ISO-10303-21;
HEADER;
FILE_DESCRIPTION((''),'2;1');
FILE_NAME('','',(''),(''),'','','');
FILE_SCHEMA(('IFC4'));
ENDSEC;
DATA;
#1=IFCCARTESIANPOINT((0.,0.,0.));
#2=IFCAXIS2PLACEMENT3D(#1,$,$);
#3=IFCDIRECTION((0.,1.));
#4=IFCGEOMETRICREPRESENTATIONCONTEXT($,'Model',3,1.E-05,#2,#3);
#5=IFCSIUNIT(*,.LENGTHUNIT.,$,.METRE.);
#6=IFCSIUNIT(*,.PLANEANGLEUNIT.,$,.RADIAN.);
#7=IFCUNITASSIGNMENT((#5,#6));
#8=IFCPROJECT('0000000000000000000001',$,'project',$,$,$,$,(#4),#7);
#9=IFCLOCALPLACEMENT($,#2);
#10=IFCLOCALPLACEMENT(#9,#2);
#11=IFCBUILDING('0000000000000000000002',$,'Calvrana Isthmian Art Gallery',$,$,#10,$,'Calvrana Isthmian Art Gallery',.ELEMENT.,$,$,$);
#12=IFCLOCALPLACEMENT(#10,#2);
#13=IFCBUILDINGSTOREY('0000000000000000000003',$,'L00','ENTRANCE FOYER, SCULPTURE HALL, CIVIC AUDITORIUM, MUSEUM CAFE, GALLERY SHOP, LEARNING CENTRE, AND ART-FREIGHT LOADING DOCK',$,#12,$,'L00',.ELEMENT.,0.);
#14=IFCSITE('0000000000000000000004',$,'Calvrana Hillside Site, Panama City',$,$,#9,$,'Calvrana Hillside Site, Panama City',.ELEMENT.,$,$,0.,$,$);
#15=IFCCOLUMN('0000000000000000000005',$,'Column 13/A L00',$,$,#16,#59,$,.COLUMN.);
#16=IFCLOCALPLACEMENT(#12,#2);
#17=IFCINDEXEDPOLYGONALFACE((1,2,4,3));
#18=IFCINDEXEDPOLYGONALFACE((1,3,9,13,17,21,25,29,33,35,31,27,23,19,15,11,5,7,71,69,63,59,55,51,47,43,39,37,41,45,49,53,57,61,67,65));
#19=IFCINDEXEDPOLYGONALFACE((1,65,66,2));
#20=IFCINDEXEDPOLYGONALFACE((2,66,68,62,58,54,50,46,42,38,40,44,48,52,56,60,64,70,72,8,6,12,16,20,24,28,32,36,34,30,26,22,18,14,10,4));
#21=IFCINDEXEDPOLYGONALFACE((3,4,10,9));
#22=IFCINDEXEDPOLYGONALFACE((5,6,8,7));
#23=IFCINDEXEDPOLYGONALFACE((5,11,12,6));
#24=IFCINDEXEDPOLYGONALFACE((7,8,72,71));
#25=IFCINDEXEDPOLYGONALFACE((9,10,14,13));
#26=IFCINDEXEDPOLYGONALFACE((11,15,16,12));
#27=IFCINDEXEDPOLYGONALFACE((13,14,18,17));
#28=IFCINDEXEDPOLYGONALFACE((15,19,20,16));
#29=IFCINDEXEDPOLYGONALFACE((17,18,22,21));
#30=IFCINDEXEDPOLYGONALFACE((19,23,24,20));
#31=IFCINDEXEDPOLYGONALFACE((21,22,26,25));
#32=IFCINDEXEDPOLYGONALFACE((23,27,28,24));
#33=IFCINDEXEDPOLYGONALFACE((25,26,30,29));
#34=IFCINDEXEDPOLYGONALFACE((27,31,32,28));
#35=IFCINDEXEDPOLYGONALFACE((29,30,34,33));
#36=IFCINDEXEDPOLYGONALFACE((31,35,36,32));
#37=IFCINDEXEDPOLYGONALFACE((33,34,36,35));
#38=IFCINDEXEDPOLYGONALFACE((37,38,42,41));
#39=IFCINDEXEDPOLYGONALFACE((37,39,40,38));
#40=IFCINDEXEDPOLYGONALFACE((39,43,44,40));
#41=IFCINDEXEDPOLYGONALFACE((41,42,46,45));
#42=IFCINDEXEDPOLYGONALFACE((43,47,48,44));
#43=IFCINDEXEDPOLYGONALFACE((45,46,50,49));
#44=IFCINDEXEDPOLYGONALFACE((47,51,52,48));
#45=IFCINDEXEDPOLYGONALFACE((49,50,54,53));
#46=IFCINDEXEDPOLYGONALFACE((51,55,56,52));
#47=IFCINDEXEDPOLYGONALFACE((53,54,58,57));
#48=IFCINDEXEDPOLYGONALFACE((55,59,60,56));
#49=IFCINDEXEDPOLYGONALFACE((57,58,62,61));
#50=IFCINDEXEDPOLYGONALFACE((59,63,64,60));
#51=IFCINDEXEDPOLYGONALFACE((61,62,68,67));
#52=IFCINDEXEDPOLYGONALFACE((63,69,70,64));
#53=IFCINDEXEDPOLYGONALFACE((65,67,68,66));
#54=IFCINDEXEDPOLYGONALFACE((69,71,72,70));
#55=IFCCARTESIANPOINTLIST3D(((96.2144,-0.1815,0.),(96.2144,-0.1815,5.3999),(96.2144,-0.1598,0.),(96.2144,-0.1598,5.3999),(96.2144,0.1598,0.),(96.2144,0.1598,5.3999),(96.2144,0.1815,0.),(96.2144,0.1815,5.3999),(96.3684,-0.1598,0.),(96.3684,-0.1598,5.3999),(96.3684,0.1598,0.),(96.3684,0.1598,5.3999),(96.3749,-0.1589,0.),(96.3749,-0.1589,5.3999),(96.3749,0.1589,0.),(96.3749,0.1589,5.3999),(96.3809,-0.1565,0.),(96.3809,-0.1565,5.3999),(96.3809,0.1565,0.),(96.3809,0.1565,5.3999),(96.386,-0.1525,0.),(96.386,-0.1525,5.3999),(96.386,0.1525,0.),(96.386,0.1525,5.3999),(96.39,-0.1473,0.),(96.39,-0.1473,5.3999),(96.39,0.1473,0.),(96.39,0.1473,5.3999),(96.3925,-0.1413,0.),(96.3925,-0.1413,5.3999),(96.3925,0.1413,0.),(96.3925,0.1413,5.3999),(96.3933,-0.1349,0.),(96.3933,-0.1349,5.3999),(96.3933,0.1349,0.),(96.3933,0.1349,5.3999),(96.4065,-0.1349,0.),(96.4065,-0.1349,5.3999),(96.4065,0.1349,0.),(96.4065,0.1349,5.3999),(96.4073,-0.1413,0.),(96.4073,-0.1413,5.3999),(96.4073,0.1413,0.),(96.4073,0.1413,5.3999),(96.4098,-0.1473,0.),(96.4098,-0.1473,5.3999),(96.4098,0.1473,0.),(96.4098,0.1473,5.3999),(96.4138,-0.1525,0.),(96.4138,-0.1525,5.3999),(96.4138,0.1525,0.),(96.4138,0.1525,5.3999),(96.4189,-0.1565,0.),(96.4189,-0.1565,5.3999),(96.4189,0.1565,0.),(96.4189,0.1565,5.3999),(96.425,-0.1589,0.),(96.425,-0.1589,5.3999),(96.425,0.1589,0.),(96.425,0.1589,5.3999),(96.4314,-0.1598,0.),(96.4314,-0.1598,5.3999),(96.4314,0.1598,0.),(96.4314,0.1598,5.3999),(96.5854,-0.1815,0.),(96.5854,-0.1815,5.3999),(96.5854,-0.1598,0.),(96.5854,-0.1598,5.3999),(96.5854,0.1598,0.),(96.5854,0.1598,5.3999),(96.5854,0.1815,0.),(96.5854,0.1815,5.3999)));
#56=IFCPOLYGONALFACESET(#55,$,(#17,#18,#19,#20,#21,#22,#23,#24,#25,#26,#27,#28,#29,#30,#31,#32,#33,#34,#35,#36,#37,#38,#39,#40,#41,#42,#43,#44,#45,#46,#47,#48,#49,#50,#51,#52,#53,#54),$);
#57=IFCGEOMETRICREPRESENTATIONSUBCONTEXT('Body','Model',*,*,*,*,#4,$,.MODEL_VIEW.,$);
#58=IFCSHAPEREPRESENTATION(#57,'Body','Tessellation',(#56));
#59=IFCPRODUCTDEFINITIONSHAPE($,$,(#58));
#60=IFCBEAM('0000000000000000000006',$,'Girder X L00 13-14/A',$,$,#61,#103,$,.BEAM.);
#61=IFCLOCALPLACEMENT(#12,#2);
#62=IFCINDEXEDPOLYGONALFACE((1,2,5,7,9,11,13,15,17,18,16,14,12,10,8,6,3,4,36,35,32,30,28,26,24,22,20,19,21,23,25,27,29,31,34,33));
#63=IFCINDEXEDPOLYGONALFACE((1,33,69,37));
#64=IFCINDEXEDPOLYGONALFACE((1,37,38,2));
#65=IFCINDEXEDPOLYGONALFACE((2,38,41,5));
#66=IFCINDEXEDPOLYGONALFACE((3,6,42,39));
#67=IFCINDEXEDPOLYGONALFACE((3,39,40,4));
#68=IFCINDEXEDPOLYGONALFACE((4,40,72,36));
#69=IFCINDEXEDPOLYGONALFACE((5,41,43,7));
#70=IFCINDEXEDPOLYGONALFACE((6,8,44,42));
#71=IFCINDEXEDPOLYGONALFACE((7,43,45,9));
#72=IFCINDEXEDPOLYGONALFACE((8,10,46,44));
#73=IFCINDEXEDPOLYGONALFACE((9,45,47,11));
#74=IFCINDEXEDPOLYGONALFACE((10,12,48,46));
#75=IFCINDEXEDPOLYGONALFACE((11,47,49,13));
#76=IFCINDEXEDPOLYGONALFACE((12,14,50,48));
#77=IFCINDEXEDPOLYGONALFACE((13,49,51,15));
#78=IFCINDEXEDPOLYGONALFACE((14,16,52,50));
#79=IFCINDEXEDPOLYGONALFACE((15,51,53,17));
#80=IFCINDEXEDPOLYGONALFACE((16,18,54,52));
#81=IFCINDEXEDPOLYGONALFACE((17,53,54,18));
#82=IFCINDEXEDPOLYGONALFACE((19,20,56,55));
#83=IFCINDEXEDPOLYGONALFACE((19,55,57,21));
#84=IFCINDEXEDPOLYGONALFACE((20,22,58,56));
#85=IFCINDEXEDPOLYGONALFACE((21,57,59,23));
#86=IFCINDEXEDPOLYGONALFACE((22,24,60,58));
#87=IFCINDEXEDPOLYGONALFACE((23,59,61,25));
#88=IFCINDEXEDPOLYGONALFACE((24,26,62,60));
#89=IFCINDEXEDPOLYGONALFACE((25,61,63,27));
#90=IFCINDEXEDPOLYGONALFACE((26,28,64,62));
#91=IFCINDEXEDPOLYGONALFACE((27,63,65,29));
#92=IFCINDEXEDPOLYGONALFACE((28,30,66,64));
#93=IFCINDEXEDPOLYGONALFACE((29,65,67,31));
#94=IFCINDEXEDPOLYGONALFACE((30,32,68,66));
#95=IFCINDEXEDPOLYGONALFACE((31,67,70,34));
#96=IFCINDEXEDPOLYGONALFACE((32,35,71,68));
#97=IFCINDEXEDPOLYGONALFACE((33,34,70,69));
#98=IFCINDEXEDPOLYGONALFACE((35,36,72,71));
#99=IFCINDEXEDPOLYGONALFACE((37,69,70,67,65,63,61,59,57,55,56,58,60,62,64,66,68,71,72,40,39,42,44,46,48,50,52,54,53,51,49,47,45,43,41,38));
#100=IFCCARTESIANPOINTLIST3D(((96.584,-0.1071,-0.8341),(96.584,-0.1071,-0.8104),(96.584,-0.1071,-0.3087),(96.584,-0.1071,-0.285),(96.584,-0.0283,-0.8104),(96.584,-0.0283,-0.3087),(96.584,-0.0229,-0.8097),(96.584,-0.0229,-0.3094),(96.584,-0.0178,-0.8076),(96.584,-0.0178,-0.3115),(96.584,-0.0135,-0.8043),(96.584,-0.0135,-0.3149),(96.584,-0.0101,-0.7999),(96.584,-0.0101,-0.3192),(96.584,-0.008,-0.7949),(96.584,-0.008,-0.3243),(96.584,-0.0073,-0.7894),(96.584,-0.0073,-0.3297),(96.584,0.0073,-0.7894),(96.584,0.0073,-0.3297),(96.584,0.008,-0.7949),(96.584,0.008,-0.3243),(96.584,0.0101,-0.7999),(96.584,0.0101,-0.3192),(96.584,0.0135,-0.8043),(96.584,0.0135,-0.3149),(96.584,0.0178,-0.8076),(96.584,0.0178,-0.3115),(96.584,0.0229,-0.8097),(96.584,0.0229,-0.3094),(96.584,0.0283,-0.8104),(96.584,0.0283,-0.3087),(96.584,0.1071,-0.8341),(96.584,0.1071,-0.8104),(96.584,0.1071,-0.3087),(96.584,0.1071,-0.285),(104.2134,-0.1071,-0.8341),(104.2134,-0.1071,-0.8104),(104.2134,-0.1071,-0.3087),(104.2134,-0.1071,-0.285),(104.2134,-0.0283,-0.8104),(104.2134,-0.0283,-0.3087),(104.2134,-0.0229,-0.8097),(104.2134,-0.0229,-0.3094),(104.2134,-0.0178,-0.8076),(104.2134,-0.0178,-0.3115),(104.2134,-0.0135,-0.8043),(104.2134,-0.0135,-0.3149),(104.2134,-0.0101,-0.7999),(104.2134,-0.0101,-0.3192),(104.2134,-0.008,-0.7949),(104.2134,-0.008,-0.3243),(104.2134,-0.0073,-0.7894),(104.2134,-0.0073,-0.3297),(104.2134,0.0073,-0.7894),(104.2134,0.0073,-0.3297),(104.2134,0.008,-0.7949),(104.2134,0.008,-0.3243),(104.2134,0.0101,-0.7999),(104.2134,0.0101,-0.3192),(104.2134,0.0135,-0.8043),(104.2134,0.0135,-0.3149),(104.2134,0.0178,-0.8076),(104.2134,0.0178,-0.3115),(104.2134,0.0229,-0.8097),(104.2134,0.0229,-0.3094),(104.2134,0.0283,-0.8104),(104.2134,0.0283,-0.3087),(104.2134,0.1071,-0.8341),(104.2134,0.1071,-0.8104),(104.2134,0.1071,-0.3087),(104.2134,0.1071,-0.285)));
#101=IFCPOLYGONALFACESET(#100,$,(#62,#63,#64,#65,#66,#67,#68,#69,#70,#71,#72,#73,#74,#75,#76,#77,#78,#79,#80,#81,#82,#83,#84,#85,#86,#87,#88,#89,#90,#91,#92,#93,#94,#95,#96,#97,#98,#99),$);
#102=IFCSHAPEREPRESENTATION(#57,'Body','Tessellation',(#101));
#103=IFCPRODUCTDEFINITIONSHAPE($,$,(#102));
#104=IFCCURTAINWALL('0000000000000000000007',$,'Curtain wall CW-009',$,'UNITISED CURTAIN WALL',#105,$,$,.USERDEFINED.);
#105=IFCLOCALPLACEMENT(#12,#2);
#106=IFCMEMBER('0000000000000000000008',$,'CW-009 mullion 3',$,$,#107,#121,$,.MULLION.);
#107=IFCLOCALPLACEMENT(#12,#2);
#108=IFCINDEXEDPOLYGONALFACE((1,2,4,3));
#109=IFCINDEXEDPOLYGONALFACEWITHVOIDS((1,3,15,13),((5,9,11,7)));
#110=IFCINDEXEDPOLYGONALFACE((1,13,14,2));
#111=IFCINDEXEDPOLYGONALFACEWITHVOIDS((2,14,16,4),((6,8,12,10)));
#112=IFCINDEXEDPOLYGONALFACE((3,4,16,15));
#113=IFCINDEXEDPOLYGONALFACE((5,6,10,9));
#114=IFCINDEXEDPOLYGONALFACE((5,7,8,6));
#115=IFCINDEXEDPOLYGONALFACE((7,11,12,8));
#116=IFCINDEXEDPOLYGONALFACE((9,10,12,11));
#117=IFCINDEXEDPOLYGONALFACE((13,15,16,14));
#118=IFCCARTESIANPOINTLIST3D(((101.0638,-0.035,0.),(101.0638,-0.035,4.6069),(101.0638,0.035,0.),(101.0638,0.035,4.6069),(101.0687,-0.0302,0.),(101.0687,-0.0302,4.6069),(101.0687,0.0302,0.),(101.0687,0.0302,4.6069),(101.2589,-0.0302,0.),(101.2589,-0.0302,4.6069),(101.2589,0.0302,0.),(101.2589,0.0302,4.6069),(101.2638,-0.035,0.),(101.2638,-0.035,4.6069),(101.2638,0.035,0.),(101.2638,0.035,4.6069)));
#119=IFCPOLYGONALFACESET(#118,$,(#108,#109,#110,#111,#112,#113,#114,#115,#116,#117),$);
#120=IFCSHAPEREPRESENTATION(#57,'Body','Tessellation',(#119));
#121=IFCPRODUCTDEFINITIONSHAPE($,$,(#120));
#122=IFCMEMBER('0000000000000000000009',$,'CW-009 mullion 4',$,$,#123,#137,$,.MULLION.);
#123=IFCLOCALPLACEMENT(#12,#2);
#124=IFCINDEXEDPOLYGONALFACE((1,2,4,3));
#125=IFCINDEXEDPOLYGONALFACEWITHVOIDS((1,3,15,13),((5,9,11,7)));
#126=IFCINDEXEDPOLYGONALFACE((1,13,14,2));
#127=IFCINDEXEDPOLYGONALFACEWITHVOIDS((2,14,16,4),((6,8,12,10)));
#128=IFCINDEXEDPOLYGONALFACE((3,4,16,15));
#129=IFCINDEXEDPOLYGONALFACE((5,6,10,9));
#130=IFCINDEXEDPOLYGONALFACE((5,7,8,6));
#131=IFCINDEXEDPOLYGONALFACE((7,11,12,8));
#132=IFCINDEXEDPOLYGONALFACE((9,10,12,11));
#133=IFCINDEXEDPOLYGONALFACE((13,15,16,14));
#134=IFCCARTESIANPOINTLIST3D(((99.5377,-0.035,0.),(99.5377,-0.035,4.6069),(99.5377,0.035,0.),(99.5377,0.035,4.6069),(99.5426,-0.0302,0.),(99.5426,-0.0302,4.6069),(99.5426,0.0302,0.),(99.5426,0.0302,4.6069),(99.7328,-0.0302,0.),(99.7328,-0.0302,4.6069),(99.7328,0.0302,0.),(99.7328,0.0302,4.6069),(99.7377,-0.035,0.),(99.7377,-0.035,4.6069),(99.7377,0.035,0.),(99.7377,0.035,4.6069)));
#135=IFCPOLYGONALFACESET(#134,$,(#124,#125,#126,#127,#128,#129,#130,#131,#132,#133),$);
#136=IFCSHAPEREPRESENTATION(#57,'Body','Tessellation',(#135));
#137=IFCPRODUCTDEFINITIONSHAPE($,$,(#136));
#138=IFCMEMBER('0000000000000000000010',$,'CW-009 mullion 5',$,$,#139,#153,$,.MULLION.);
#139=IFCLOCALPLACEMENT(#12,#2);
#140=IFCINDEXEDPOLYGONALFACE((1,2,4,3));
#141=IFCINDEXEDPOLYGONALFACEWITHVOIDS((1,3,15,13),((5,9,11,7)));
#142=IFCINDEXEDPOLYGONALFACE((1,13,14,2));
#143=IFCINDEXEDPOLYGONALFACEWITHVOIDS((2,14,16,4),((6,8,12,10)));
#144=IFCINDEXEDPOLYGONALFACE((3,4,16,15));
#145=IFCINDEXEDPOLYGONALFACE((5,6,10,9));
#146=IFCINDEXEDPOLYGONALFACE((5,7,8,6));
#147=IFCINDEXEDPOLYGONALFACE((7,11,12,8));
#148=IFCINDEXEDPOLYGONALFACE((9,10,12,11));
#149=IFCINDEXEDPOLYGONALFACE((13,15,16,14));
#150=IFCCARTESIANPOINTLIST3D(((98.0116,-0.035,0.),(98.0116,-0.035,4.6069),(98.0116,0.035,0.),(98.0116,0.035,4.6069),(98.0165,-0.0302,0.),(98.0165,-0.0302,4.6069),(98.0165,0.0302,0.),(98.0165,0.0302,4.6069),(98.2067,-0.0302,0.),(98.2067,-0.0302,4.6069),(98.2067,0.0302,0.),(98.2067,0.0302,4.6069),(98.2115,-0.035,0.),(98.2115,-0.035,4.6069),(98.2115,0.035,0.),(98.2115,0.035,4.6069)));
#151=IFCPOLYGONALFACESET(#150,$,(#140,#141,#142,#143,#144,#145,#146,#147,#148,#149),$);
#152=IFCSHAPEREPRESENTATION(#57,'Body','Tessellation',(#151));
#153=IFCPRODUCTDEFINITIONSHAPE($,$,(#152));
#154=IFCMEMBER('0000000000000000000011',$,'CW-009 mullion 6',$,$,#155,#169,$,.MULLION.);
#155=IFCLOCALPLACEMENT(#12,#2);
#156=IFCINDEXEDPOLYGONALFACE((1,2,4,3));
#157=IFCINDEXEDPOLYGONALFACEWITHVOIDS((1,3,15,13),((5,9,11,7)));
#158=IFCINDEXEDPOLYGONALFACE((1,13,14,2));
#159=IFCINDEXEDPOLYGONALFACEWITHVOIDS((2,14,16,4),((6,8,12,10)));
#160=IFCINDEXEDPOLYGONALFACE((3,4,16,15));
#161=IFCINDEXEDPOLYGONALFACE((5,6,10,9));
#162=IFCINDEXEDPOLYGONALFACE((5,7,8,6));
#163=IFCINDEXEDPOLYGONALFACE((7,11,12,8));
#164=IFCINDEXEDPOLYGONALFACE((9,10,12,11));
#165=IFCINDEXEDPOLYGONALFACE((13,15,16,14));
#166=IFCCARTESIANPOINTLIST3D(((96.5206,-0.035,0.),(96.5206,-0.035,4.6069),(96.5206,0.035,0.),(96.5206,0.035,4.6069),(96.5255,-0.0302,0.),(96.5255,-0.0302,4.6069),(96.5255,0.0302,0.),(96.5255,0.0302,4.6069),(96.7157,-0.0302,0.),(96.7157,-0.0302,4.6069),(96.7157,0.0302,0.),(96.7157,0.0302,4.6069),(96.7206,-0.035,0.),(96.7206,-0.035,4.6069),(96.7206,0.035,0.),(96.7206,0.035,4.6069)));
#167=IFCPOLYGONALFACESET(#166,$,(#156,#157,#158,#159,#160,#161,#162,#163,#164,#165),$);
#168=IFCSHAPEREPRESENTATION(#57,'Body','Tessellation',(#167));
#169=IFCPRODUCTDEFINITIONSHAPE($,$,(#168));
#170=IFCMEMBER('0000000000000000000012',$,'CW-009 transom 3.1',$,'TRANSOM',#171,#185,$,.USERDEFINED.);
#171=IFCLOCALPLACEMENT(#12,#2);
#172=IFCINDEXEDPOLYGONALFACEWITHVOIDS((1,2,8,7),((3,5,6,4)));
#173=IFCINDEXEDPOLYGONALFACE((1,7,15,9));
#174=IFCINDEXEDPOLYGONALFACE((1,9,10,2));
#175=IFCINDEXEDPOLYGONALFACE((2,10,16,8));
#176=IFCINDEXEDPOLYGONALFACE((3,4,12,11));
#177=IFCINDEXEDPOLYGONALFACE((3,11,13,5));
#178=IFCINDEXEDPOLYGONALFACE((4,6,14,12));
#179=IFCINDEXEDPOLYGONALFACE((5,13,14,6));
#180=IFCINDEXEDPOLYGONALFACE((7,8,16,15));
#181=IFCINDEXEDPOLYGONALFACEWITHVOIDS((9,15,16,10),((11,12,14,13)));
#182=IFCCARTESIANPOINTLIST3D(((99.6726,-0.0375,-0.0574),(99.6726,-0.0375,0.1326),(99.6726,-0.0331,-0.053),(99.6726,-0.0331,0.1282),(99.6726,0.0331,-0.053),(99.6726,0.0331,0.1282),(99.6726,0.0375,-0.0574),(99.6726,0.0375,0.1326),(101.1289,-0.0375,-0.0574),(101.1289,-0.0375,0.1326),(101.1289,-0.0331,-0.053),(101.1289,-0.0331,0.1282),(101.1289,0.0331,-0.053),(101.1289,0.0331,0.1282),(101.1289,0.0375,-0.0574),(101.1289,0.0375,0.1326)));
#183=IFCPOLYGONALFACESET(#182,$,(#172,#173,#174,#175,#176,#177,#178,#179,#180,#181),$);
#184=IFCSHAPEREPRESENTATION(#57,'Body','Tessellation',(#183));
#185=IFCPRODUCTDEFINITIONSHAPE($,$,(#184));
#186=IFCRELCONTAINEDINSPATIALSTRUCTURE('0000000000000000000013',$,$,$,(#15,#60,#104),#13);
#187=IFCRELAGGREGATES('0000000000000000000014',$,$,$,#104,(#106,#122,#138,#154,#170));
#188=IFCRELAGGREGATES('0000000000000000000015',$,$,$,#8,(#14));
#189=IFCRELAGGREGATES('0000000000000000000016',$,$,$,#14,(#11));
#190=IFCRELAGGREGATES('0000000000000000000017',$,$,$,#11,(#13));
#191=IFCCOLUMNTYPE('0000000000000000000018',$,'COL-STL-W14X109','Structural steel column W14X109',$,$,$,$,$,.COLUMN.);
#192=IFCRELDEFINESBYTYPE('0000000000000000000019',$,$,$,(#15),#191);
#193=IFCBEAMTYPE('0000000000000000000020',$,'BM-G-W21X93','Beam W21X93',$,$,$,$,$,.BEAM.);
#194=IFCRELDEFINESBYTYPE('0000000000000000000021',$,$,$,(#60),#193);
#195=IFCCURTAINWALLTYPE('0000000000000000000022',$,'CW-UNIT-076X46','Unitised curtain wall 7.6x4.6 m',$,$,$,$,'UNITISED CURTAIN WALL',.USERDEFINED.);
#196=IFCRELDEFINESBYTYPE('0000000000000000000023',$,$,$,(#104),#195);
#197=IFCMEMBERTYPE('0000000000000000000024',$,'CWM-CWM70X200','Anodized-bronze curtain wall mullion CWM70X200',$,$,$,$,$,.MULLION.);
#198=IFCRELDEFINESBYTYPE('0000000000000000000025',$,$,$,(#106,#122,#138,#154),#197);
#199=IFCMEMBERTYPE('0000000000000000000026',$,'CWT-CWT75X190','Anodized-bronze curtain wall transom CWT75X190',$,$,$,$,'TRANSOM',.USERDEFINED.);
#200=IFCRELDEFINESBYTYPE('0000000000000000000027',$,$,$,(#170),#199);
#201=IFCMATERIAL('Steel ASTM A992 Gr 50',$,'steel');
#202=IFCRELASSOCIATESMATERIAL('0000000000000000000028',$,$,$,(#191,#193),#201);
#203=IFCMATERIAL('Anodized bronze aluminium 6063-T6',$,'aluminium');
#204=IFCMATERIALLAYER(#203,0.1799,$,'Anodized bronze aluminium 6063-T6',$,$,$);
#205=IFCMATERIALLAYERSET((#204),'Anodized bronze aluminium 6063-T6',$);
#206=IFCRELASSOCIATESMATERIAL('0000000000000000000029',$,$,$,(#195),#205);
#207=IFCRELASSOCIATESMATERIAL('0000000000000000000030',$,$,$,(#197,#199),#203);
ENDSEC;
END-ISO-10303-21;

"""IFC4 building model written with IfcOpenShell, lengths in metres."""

from ifc_helpers import new_model, si_unit, direction, frame, origin, origin_2d, place, context, subcontext, project, spatial, hollow_rectangle, i_section, extrude, material, layer, layer_set, material_profile, profile_set, type_object, element, aggregate, save


model = new_model("IFC4")

# Units and contexts
model_context = context("Model", 3, precision=1e-05, world=origin(), true_north=direction((0.0, 1.0)))
body_context = subcontext(model_context, "Body", "Model", "MODEL_VIEW")
ifc_project = project(units=[si_unit("LENGTHUNIT", "METRE"), si_unit("PLANEANGLEUNIT", "RADIAN")], contexts=[model_context])

# Site, building, storey
site_placement = place(None, origin())
site = spatial("IfcSite", under=ifc_project, at=site_placement, Name="Calvrana Hillside Site, Panama City", LongName="Calvrana Hillside Site, Panama City", CompositionType="ELEMENT", RefElevation=0.0)
building_placement = place(site_placement, origin())
building = spatial("IfcBuilding", under=site, at=building_placement, Name="Calvrana Isthmian Art Gallery", LongName="Calvrana Isthmian Art Gallery", CompositionType="ELEMENT")
storey_placement = place(building_placement, origin())
storey = spatial("IfcBuildingStorey", under=building, at=storey_placement, Name="L00", Description="ENTRANCE FOYER, SCULPTURE HALL, CIVIC AUDITORIUM, MUSEUM CAFE, GALLERY SHOP, LEARNING CENTRE, AND ART-FREIGHT LOADING DOCK", LongName="L00", CompositionType="ELEMENT", Elevation=0.0)

# Column
ifc_material_1 = material(Name="Steel ASTM A992 Gr 50", Category="steel")
ifc_material_profile_1 = material_profile(ifc_material_1, i_section(OverallWidth=0.3711, OverallDepth=0.363, WebThickness=0.0132, FlangeThickness=0.0217, FilletRadius=0.0249, at=origin_2d()), Name="W14X109")
ifc_profile_set_1 = profile_set([ifc_material_profile_1], Name="Steel ASTM A992 Gr 50")
column_type = type_object("IfcColumnType", Name="COL-STL-W14X109", Description="Structural steel column W14X109", PredefinedType="COLUMN", material=ifc_profile_set_1)
column_placement = place(storey_placement, frame((96.3999, 0.0, 0.0), z_axis=(0.0, 0.0, 1.0), x_axis=(1.0, 0.0, 0.0)))
element("IfcColumn", 1, at=column_placement, inside=storey, type_object=column_type, Name="Column 13/A L00", PredefinedType="COLUMN", context=body_context, shape_type="SweptSolid", body=[
    extrude(i_section(OverallWidth=0.3711, OverallDepth=0.363, WebThickness=0.0132, FlangeThickness=0.0217, FilletRadius=0.0249, at=origin_2d()), origin(), (0.0, 0.0, 1.0), 5.3999),
])

# Beam
ifc_material_profile_2 = material_profile(ifc_material_1, i_section(OverallWidth=0.2141, OverallDepth=0.5491, WebThickness=0.0146, FlangeThickness=0.0237, FilletRadius=0.021, at=origin_2d()), Name="W21X93")
ifc_profile_set_2 = profile_set([ifc_material_profile_2], Name="Steel ASTM A992 Gr 50")
beam_type = type_object("IfcBeamType", Name="BM-G-W21X93", Description="Beam W21X93", PredefinedType="BEAM", material=ifc_profile_set_2)
beam_placement = place(storey_placement, frame((96.584, 0.0, -0.5596), z_axis=(1.0, 0.0, 0.0), x_axis=(0.0, 1.0, 0.0)))
element("IfcBeam", 2, at=beam_placement, inside=storey, type_object=beam_type, Name="Girder X L00 13-14/A", PredefinedType="BEAM", context=body_context, shape_type="SweptSolid", body=[
    extrude(i_section(OverallWidth=0.2141, OverallDepth=0.5491, WebThickness=0.0146, FlangeThickness=0.0237, FilletRadius=0.021, at=origin_2d()), origin(), (0.0, 0.0, 1.0), 7.6294),
])

# Curtain wall, members
ifc_material_2 = material(Name="Anodized bronze aluminium 6063-T6", Category="aluminium")
ifc_layer_1 = layer(ifc_material_2, 0.1799, Name="Anodized bronze aluminium 6063-T6")
ifc_layer_set_1 = layer_set([ifc_layer_1], Name="Anodized bronze aluminium 6063-T6")
curtain_wall_type = type_object("IfcCurtainWallType", Name="CW-UNIT-076X46", Description="Unitised curtain wall 7.6x4.6 m", ElementType="UNITISED CURTAIN WALL", PredefinedType="USERDEFINED", material=ifc_layer_set_1)
curtain_wall_placement = place(storey_placement, origin())
curtain_wall = element("IfcCurtainWall", 3, at=curtain_wall_placement, inside=storey, type_object=curtain_wall_type, Name="Curtain wall CW-009", ObjectType="UNITISED CURTAIN WALL", PredefinedType="USERDEFINED")
ifc_material_profile_3 = material_profile(ifc_material_2, hollow_rectangle(XDim=0.0701, YDim=0.2, WallThickness=0.0049, at=origin_2d()), Name="CWM70X200")
ifc_profile_set_3 = profile_set([ifc_material_profile_3], Name="Anodized bronze aluminium 6063-T6")
member_type_1 = type_object("IfcMemberType", Name="CWM-CWM70X200", Description="Anodized-bronze curtain wall mullion CWM70X200", PredefinedType="MULLION", material=ifc_profile_set_3)
member_1_placement = place(storey_placement, frame((101.1638, 0.0, 0.0), z_axis=(0.0, 0.0, 1.0), x_axis=(0.0, -1.0, 0.0)))
member_1 = element("IfcMember", 4, at=member_1_placement, type_object=member_type_1, Name="CW-009 mullion 3", PredefinedType="MULLION", context=body_context, shape_type="SweptSolid", body=[
    extrude(hollow_rectangle(XDim=0.0701, YDim=0.2, WallThickness=0.0049, at=origin_2d()), origin(), (0.0, 0.0, 1.0), 4.6069),
])
member_2_placement = place(storey_placement, frame((99.6377, 0.0, 0.0), z_axis=(0.0, 0.0, 1.0), x_axis=(0.0, -1.0, 0.0)))
member_2 = element("IfcMember", 5, at=member_2_placement, type_object=member_type_1, Name="CW-009 mullion 4", PredefinedType="MULLION", context=body_context, shape_type="SweptSolid", body=[
    extrude(hollow_rectangle(XDim=0.0701, YDim=0.2, WallThickness=0.0049, at=origin_2d()), origin(), (0.0, 0.0, 1.0), 4.6069),
])
member_3_placement = place(storey_placement, frame((98.1116, 0.0, 0.0), z_axis=(0.0, 0.0, 1.0), x_axis=(0.0, -1.0, 0.0)))
member_3 = element("IfcMember", 6, at=member_3_placement, type_object=member_type_1, Name="CW-009 mullion 5", PredefinedType="MULLION", context=body_context, shape_type="SweptSolid", body=[
    extrude(hollow_rectangle(XDim=0.0701, YDim=0.2, WallThickness=0.0049, at=origin_2d()), origin(), (0.0, 0.0, 1.0), 4.6069),
])
member_4_placement = place(storey_placement, frame((96.6206, 0.0, 0.0), z_axis=(0.0, 0.0, 1.0), x_axis=(0.0, -1.0, 0.0)))
member_4 = element("IfcMember", 7, at=member_4_placement, type_object=member_type_1, Name="CW-009 mullion 6", PredefinedType="MULLION", context=body_context, shape_type="SweptSolid", body=[
    extrude(hollow_rectangle(XDim=0.0701, YDim=0.2, WallThickness=0.0049, at=origin_2d()), origin(), (0.0, 0.0, 1.0), 4.6069),
])
ifc_material_profile_4 = material_profile(ifc_material_2, hollow_rectangle(XDim=0.075, YDim=0.1899, WallThickness=0.0044, at=origin_2d()), Name="CWT75X190")
ifc_profile_set_4 = profile_set([ifc_material_profile_4], Name="Anodized bronze aluminium 6063-T6")
member_type_2 = type_object("IfcMemberType", Name="CWT-CWT75X190", Description="Anodized-bronze curtain wall transom CWT75X190", ElementType="TRANSOM", PredefinedType="USERDEFINED", material=ifc_profile_set_4)
member_5_placement = place(storey_placement, frame((101.1289, 0.0, 0.0376), z_axis=(-1.0, 0.0, 0.0), x_axis=(0.0, -1.0, 0.0)))
member_5 = element("IfcMember", 8, at=member_5_placement, type_object=member_type_2, Name="CW-009 transom 3.1", ObjectType="TRANSOM", PredefinedType="USERDEFINED", context=body_context, shape_type="SweptSolid", body=[
    extrude(hollow_rectangle(XDim=0.075, YDim=0.1899, WallThickness=0.0044, at=origin_2d()), origin(), (0.0, 0.0, 1.0), 1.4563),
])
aggregate(curtain_wall, [member_1, member_2, member_3, member_4, member_5])

save(model, "model.ifc")
